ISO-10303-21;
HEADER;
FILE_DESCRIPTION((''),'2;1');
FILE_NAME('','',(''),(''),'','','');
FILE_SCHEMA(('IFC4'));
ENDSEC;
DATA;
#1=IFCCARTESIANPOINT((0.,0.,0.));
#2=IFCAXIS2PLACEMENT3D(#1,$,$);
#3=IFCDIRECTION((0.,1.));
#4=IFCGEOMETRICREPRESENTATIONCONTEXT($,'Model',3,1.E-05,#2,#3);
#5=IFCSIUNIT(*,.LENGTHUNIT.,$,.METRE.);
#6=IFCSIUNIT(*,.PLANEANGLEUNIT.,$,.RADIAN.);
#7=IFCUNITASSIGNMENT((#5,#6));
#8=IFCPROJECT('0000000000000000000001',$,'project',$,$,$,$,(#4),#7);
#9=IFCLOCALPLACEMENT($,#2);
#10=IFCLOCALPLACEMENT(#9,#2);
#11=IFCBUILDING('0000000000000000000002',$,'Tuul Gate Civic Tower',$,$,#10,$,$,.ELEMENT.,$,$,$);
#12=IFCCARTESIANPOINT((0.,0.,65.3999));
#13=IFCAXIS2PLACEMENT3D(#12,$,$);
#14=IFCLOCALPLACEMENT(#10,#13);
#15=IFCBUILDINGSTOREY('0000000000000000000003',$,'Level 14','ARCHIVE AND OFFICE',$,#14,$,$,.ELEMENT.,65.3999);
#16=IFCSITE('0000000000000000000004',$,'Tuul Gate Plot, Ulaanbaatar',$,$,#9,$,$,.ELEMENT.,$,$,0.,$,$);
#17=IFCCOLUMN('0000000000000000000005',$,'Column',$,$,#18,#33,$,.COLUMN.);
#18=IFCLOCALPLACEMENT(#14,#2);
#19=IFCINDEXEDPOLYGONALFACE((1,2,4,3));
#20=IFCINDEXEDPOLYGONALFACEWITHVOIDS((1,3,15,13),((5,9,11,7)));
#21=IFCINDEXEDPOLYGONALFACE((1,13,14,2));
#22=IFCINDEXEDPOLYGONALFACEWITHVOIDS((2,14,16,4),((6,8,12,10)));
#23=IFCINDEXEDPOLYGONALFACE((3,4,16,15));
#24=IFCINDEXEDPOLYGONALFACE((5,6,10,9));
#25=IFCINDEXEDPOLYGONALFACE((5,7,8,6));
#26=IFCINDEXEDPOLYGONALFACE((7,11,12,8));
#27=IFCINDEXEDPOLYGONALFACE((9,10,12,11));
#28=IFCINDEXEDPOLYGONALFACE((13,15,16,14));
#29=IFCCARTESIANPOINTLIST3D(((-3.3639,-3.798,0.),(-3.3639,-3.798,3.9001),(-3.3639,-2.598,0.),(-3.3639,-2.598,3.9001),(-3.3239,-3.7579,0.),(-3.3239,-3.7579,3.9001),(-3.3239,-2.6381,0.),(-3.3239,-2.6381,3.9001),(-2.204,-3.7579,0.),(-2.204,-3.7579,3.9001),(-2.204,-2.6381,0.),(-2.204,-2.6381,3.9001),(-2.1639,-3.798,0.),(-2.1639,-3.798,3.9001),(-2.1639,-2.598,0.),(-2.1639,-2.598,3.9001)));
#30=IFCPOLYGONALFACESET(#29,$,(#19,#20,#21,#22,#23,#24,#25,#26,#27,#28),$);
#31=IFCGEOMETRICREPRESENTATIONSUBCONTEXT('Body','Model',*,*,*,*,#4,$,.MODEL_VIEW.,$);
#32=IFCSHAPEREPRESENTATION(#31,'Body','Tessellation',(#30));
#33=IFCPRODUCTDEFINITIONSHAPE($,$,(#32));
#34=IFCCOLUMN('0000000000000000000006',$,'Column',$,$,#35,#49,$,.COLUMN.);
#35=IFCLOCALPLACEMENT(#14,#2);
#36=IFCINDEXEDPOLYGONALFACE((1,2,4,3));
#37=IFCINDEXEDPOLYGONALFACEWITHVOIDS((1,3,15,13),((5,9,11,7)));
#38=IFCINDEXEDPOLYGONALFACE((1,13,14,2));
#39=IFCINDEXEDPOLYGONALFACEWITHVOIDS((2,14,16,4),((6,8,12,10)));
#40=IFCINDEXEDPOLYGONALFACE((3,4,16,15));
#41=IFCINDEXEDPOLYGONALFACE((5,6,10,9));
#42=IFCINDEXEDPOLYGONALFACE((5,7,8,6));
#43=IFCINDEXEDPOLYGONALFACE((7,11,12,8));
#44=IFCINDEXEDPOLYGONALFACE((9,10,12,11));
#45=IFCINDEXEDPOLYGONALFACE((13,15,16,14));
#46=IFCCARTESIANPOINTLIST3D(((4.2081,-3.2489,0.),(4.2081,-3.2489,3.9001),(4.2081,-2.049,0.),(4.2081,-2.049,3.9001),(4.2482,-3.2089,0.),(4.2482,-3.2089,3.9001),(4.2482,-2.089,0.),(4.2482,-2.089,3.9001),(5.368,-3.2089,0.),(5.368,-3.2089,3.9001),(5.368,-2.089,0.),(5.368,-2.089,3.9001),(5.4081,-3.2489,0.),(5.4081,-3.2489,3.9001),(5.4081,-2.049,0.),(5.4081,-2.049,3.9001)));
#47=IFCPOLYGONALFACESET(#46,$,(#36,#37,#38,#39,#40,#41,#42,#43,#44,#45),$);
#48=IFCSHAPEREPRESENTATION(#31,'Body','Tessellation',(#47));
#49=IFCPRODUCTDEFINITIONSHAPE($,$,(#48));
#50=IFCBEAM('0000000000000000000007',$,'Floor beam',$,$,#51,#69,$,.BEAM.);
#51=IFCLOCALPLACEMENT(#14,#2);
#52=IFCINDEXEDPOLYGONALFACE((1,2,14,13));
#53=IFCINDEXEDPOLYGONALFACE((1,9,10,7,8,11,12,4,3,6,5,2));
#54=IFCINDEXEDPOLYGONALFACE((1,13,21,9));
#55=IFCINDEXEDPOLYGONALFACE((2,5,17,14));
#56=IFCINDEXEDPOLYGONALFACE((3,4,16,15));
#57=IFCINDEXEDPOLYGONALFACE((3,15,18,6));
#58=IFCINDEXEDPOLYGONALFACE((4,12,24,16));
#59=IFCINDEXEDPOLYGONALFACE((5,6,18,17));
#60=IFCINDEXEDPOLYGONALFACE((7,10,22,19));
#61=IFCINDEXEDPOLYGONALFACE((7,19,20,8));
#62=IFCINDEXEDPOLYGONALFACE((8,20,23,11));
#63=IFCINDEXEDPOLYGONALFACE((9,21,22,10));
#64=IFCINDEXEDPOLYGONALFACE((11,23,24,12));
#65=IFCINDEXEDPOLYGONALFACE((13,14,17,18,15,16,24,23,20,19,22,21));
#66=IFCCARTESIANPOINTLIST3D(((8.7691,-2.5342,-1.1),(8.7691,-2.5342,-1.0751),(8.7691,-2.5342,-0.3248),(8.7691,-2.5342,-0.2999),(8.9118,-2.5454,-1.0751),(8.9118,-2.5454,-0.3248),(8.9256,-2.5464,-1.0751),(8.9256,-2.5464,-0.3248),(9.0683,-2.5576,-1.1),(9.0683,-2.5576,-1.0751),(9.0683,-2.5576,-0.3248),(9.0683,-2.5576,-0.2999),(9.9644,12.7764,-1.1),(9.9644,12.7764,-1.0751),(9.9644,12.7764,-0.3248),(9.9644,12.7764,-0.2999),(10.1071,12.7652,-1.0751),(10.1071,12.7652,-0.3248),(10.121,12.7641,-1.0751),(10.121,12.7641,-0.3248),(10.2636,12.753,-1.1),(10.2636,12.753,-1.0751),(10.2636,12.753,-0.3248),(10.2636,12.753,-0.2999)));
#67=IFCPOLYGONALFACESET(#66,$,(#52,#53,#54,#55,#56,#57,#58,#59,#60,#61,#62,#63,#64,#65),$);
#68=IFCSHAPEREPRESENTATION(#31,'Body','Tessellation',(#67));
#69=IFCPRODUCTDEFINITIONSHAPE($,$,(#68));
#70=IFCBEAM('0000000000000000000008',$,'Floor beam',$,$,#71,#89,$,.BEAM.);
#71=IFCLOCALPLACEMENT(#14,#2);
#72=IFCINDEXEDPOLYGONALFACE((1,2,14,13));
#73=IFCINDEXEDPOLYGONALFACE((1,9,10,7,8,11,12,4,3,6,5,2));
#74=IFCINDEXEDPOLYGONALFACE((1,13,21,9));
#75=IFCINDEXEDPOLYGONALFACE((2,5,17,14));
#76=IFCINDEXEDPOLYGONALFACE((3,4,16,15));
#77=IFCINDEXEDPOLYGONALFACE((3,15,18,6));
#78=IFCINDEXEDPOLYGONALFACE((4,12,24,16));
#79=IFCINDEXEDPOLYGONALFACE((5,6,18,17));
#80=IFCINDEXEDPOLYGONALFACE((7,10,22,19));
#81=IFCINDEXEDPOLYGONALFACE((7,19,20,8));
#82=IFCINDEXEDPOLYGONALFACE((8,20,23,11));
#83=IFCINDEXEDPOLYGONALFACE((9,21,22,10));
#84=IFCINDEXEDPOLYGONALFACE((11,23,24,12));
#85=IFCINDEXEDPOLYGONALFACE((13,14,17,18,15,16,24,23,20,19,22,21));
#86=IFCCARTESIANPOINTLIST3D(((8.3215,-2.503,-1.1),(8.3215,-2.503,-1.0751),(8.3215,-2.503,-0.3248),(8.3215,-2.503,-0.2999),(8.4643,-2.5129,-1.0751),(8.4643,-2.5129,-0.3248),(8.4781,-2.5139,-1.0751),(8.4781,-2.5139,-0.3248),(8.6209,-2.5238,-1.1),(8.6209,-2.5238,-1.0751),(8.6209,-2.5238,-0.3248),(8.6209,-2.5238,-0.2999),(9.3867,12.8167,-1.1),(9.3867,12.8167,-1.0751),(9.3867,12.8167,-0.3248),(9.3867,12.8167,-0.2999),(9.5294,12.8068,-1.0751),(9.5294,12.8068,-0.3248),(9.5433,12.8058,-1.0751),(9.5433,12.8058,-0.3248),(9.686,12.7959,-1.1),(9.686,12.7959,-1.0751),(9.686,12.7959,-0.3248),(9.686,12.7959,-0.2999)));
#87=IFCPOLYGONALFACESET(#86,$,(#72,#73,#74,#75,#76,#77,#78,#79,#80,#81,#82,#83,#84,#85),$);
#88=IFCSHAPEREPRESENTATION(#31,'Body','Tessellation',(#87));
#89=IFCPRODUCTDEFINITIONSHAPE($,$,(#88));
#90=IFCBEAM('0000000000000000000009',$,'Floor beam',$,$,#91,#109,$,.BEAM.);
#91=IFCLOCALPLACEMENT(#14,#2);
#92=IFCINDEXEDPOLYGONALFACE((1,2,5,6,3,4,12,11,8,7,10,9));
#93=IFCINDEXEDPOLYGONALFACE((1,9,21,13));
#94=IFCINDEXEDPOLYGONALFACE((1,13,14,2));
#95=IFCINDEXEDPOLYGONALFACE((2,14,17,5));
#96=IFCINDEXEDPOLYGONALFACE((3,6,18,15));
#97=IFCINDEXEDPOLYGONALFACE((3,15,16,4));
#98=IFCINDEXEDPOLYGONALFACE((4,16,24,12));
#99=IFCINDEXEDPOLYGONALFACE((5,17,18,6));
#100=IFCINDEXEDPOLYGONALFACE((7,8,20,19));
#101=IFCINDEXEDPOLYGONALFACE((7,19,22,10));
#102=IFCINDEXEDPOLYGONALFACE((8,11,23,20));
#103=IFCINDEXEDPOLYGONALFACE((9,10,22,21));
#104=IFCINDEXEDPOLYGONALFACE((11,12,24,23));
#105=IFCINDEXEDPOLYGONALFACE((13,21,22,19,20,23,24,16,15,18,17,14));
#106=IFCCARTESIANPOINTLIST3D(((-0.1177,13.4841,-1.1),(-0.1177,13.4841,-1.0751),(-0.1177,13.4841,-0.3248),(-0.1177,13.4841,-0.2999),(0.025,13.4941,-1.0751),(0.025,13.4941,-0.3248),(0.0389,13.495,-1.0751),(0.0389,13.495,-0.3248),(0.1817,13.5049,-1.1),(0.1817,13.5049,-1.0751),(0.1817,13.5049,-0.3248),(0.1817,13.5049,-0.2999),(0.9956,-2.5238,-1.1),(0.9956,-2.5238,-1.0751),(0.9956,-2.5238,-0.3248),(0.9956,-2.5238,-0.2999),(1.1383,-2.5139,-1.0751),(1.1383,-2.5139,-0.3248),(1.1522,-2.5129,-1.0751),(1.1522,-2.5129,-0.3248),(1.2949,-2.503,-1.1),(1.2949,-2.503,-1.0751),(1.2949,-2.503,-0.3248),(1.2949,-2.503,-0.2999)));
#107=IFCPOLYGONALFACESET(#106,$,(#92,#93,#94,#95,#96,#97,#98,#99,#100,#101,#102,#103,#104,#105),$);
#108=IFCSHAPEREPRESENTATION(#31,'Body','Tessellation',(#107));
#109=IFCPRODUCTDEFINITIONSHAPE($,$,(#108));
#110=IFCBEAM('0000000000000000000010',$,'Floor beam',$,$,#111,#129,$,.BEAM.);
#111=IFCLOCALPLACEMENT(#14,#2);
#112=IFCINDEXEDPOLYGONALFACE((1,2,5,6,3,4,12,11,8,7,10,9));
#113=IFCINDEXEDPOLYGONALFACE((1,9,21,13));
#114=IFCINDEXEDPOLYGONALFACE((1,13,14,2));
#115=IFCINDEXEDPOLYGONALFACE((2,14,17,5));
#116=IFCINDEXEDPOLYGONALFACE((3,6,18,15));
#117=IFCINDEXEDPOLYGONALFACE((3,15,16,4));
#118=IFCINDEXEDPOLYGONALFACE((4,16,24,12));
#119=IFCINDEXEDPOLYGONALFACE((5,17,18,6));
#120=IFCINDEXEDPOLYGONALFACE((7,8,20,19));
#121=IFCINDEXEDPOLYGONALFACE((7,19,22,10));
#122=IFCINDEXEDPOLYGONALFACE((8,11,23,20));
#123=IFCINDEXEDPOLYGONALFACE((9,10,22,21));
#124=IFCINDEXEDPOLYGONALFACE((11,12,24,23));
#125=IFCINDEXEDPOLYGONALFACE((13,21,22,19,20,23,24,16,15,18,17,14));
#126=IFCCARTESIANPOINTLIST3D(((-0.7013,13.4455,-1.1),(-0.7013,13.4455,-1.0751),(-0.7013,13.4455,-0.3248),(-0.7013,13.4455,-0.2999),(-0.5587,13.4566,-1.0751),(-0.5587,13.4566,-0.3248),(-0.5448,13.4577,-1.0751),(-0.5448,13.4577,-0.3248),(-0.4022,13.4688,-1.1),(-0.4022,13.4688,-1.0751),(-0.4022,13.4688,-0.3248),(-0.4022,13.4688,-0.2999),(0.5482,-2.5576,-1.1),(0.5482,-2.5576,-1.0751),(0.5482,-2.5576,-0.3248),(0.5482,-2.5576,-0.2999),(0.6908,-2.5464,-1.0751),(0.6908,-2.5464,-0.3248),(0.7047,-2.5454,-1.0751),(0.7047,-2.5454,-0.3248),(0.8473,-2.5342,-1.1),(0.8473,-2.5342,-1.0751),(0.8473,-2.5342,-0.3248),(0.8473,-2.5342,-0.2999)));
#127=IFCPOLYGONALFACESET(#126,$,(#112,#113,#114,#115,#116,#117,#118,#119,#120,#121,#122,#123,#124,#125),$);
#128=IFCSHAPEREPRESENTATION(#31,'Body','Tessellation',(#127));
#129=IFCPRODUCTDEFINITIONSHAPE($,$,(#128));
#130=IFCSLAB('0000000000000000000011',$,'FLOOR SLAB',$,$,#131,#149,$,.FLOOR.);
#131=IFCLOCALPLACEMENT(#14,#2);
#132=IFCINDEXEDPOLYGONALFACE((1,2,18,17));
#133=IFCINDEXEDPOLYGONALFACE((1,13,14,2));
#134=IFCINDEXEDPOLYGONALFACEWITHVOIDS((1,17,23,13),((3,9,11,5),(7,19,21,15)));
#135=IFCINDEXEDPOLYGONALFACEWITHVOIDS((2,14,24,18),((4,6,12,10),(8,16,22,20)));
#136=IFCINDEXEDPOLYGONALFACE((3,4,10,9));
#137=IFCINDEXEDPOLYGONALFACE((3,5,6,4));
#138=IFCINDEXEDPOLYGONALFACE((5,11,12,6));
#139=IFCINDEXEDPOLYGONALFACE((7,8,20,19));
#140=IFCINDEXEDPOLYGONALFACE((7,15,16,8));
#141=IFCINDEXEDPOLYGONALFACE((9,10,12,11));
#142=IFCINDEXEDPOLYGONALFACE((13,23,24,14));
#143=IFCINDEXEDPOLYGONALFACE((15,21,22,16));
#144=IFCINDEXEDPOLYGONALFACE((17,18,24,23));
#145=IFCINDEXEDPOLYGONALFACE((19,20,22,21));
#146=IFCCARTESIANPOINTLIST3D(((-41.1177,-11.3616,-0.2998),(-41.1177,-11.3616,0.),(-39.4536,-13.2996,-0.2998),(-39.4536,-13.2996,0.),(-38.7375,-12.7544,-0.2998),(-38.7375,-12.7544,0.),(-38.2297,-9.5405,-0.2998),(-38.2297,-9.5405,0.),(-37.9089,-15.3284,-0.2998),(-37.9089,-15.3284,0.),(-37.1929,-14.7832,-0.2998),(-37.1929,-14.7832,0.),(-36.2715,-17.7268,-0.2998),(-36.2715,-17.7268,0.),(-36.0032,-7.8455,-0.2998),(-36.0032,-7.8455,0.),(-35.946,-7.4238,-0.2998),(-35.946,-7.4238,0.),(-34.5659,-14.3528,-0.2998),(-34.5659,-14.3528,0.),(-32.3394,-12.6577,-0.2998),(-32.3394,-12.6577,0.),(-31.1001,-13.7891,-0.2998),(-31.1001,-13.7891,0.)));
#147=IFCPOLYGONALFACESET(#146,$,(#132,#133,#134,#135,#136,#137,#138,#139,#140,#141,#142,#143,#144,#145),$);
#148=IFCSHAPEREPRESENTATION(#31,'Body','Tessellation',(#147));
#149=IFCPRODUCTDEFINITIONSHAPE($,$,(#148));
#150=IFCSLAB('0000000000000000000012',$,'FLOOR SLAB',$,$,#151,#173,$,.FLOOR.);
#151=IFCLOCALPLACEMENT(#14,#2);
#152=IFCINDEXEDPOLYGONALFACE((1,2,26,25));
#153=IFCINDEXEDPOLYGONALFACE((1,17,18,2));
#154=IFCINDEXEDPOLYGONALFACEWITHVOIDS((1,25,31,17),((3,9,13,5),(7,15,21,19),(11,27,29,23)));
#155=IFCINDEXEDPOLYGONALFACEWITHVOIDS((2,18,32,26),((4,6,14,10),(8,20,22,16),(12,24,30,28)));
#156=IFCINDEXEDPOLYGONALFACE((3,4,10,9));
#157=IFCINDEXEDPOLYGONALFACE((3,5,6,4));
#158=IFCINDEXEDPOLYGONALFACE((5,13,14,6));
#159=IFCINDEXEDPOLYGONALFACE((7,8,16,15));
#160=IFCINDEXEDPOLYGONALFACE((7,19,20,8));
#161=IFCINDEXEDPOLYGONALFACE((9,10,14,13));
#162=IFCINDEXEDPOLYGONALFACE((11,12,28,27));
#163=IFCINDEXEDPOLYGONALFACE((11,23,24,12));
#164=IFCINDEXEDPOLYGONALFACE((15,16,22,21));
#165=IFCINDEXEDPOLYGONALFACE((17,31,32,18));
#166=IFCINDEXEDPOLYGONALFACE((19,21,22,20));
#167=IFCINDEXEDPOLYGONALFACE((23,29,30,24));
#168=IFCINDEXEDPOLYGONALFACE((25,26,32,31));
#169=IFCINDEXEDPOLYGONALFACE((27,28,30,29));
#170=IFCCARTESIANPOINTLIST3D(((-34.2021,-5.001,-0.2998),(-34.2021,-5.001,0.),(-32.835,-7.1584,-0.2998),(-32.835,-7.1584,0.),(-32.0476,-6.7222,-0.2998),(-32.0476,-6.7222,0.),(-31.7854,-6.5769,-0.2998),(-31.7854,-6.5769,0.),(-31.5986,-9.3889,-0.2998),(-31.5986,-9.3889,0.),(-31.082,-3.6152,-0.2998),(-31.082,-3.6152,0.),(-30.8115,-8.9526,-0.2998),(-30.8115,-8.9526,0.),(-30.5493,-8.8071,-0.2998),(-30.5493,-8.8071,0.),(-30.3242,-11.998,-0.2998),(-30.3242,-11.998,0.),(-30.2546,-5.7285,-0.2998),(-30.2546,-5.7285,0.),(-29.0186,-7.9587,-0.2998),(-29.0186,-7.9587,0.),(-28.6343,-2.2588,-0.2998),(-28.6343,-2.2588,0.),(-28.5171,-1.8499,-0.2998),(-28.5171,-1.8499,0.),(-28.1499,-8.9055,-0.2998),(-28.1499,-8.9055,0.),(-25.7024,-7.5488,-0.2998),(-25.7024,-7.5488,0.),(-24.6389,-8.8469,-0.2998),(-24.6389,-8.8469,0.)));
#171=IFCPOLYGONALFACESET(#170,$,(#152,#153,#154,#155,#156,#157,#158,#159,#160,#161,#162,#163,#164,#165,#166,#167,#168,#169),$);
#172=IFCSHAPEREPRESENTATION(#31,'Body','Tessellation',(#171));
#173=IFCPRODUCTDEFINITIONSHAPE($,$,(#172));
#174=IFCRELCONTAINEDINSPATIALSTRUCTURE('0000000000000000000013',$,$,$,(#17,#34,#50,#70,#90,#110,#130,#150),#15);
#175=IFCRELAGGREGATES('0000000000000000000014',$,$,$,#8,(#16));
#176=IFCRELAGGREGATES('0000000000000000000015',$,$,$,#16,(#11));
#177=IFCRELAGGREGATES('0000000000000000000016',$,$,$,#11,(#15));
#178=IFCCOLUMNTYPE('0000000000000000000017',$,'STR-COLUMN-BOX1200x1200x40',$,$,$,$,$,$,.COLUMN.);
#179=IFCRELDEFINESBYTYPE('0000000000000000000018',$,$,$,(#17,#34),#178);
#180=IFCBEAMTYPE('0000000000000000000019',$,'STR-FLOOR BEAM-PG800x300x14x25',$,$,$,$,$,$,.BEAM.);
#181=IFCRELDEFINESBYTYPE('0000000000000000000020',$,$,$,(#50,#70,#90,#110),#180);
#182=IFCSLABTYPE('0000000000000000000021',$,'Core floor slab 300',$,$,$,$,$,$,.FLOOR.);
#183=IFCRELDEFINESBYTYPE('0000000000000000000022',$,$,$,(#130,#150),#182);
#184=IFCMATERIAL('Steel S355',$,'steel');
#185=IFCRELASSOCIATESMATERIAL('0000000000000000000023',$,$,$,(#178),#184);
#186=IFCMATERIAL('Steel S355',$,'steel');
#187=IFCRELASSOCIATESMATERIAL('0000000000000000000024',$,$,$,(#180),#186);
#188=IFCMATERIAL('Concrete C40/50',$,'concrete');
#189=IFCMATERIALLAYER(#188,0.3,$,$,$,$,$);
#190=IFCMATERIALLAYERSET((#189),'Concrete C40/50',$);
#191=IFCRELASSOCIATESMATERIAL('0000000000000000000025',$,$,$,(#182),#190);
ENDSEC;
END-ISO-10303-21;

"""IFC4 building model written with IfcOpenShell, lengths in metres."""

from ifc_helpers import new_model, si_unit, direction, frame, origin, origin_2d, place, context, subcontext, project, spatial, polyline, hollow_rectangle, i_section, outline, extrude, material, layer, layer_set, material_profile, profile_set, type_object, element, save


model = new_model("IFC4")

# Units and contexts
model_context = context("Model", 3, precision=1e-05, world=origin(), true_north=direction((0.0, 1.0)))
body_context = subcontext(model_context, "Body", "Model", "MODEL_VIEW")
ifc_project = project(units=[si_unit("LENGTHUNIT", "METRE"), si_unit("PLANEANGLEUNIT", "RADIAN")], contexts=[model_context])

# Site, building, storey
site_placement = place(None, origin())
site = spatial("IfcSite", under=ifc_project, at=site_placement, Name="Tuul Gate Plot, Ulaanbaatar", CompositionType="ELEMENT", RefElevation=0.0)
building_placement = place(site_placement, origin())
building = spatial("IfcBuilding", under=site, at=building_placement, Name="Tuul Gate Civic Tower", CompositionType="ELEMENT")
storey_placement = place(building_placement, frame((0.0, 0.0, 65.3999)))
storey = spatial("IfcBuildingStorey", under=building, at=storey_placement, Name="Level 14", Description="ARCHIVE AND OFFICE", CompositionType="ELEMENT", Elevation=65.3999)

# Columns
ifc_material_1 = material(Name="Steel S355", Category="steel")
ifc_material_profile_1 = material_profile(ifc_material_1, hollow_rectangle(XDim=1.2, YDim=1.2, WallThickness=0.04, at=origin_2d()), Name="BOX1200x1200x40")
ifc_profile_set_1 = profile_set([ifc_material_profile_1], Name="Steel S355")
column_type = type_object("IfcColumnType", Name="STR-COLUMN-BOX1200x1200x40", PredefinedType="COLUMN", material=ifc_profile_set_1)
for number, where, z_axis, x_axis, name in (
    (1, (-2.7639, -3.198, 0.0), (0.0, 0.0, 1.0), (1.0, 0.0, 0.0), "Column"),
    (2, (4.8081, -2.6489, 0.0), (0.0, 0.0, 1.0), (1.0, 0.0, 0.0), "Column"),
):
    element("IfcColumn", number, at=place(storey_placement, frame(where, z_axis=z_axis, x_axis=x_axis)), inside=storey, type_object=column_type, Name=name, PredefinedType="COLUMN", context=body_context, shape_type="SweptSolid", body=[
        extrude(hollow_rectangle(XDim=1.2, YDim=1.2, WallThickness=0.04, at=origin_2d()), origin(), (0.0, 0.0, 1.0), 3.9001),
    ])

# Beams
ifc_material_2 = material(Name="Steel S355", Category="steel")
ifc_material_profile_2 = material_profile(ifc_material_2, i_section(OverallWidth=0.3, OverallDepth=0.8, WebThickness=0.0139, FlangeThickness=0.0249, at=origin_2d()), Name="PG800x300x14x25")
ifc_profile_set_2 = profile_set([ifc_material_profile_2], Name="Steel S355")
beam_type = type_object("IfcBeamType", Name="STR-FLOOR BEAM-PG800x300x14x25", PredefinedType="BEAM", material=ifc_profile_set_2)
beam_1_placement = place(storey_placement, frame((8.9187, -2.5459, -0.7), z_axis=(0.077834, 0.996966, 0.0), x_axis=(-0.996966, 0.077834, 0.0)))
element("IfcBeam", 3, at=beam_1_placement, inside=storey, type_object=beam_type, Name="Floor beam", PredefinedType="BEAM", context=body_context, shape_type="SweptSolid", body=[
    extrude(i_section(OverallWidth=0.3, OverallDepth=0.8, WebThickness=0.0139, FlangeThickness=0.0249, at=origin_2d()), origin(), (0.0, 0.0, 1.0), 15.3572),
])
beam_2_placement = place(storey_placement, frame((8.4712, -2.5134, -0.7), z_axis=(0.069362, 0.997592, 0.0), x_axis=(-0.997592, 0.069362, 0.0)))
element("IfcBeam", 4, at=beam_2_placement, inside=storey, type_object=beam_type, Name="Floor beam", PredefinedType="BEAM", context=body_context, shape_type="SweptSolid", body=[
    extrude(i_section(OverallWidth=0.3, OverallDepth=0.8, WebThickness=0.0139, FlangeThickness=0.0249, at=origin_2d()), origin(), (0.0, 0.0, 1.0), 15.3567),
])
beam_3_placement = place(storey_placement, frame((1.1453, -2.5134, -0.7), z_axis=(-0.069377, 0.99759, 0.0), x_axis=(-0.99759, -0.069377, 0.0)))
element("IfcBeam", 5, at=beam_3_placement, inside=storey, type_object=beam_type, Name="Floor beam", PredefinedType="BEAM", context=body_context, shape_type="SweptSolid", body=[
    extrude(i_section(OverallWidth=0.3, OverallDepth=0.8, WebThickness=0.0139, FlangeThickness=0.0249, at=origin_2d()), origin(), (0.0, 0.0, 1.0), 16.0466),
])
beam_4_placement = place(storey_placement, frame((0.6978, -2.5459, -0.7), z_axis=(-0.077843, 0.996966, 0.0), x_axis=(-0.996966, -0.077843, 0.0)))
element("IfcBeam", 6, at=beam_4_placement, inside=storey, type_object=beam_type, Name="Floor beam", PredefinedType="BEAM", context=body_context, shape_type="SweptSolid", body=[
    extrude(i_section(OverallWidth=0.3, OverallDepth=0.8, WebThickness=0.0139, FlangeThickness=0.0249, at=origin_2d()), origin(), (0.0, 0.0, 1.0), 16.0518),
])

# Slabs
ifc_material_3 = material(Name="Concrete C40/50", Category="concrete")
ifc_layer_1 = layer(ifc_material_3, 0.3)
ifc_layer_set_1 = layer_set([ifc_layer_1], Name="Concrete C40/50")
slab_type_1 = type_object("IfcSlabType", Name="Core floor slab 300", PredefinedType="FLOOR", material=ifc_layer_set_1)
slab_1_placement = place(storey_placement, frame((0.0, 0.0, -0.2998)))
element("IfcSlab", 7, at=slab_1_placement, inside=storey, type_object=slab_type_1, Name="FLOOR SLAB", PredefinedType="FLOOR", context=body_context, shape_type="SweptSolid", body=[
    extrude(outline(polyline([(-31.1001, -13.7891), (-35.946, -7.4238), (-41.1177, -11.3616), (-36.2715, -17.7268), (-31.1001, -13.7891)]), holes=[polyline([(-37.1929, -14.7832), (-38.7375, -12.7544), (-39.4536, -13.2996), (-37.9089, -15.3284), (-37.1929, -14.7832)]), polyline([(-32.3394, -12.6577), (-34.5659, -14.3528), (-38.2297, -9.5405), (-36.0032, -7.8455), (-32.3394, -12.6577)])]), origin(), (0.0, 0.0, 1.0), 0.2998),
])
slab_2_placement = place(storey_placement, frame((0.0, 0.0, -0.2998)))
element("IfcSlab", 8, at=slab_2_placement, inside=storey, type_object=slab_type_1, Name="FLOOR SLAB", PredefinedType="FLOOR", context=body_context, shape_type="SweptSolid", body=[
    extrude(outline(polyline([(-24.6389, -8.8469), (-28.5171, -1.8499), (-34.2021, -5.001), (-30.3242, -11.998), (-24.6389, -8.8469)]), holes=[polyline([(-29.0186, -7.9587), (-30.2546, -5.7285), (-31.7854, -6.5769), (-30.5493, -8.8071), (-29.0186, -7.9587)]), polyline([(-30.8115, -8.9526), (-32.0476, -6.7222), (-32.835, -7.1584), (-31.5986, -9.3889), (-30.8115, -8.9526)]), polyline([(-25.7024, -7.5488), (-28.1499, -8.9055), (-31.082, -3.6152), (-28.6343, -2.2588), (-25.7024, -7.5488)])]), origin(), (0.0, 0.0, 1.0), 0.2998),
])

save(model, "model.ifc")
